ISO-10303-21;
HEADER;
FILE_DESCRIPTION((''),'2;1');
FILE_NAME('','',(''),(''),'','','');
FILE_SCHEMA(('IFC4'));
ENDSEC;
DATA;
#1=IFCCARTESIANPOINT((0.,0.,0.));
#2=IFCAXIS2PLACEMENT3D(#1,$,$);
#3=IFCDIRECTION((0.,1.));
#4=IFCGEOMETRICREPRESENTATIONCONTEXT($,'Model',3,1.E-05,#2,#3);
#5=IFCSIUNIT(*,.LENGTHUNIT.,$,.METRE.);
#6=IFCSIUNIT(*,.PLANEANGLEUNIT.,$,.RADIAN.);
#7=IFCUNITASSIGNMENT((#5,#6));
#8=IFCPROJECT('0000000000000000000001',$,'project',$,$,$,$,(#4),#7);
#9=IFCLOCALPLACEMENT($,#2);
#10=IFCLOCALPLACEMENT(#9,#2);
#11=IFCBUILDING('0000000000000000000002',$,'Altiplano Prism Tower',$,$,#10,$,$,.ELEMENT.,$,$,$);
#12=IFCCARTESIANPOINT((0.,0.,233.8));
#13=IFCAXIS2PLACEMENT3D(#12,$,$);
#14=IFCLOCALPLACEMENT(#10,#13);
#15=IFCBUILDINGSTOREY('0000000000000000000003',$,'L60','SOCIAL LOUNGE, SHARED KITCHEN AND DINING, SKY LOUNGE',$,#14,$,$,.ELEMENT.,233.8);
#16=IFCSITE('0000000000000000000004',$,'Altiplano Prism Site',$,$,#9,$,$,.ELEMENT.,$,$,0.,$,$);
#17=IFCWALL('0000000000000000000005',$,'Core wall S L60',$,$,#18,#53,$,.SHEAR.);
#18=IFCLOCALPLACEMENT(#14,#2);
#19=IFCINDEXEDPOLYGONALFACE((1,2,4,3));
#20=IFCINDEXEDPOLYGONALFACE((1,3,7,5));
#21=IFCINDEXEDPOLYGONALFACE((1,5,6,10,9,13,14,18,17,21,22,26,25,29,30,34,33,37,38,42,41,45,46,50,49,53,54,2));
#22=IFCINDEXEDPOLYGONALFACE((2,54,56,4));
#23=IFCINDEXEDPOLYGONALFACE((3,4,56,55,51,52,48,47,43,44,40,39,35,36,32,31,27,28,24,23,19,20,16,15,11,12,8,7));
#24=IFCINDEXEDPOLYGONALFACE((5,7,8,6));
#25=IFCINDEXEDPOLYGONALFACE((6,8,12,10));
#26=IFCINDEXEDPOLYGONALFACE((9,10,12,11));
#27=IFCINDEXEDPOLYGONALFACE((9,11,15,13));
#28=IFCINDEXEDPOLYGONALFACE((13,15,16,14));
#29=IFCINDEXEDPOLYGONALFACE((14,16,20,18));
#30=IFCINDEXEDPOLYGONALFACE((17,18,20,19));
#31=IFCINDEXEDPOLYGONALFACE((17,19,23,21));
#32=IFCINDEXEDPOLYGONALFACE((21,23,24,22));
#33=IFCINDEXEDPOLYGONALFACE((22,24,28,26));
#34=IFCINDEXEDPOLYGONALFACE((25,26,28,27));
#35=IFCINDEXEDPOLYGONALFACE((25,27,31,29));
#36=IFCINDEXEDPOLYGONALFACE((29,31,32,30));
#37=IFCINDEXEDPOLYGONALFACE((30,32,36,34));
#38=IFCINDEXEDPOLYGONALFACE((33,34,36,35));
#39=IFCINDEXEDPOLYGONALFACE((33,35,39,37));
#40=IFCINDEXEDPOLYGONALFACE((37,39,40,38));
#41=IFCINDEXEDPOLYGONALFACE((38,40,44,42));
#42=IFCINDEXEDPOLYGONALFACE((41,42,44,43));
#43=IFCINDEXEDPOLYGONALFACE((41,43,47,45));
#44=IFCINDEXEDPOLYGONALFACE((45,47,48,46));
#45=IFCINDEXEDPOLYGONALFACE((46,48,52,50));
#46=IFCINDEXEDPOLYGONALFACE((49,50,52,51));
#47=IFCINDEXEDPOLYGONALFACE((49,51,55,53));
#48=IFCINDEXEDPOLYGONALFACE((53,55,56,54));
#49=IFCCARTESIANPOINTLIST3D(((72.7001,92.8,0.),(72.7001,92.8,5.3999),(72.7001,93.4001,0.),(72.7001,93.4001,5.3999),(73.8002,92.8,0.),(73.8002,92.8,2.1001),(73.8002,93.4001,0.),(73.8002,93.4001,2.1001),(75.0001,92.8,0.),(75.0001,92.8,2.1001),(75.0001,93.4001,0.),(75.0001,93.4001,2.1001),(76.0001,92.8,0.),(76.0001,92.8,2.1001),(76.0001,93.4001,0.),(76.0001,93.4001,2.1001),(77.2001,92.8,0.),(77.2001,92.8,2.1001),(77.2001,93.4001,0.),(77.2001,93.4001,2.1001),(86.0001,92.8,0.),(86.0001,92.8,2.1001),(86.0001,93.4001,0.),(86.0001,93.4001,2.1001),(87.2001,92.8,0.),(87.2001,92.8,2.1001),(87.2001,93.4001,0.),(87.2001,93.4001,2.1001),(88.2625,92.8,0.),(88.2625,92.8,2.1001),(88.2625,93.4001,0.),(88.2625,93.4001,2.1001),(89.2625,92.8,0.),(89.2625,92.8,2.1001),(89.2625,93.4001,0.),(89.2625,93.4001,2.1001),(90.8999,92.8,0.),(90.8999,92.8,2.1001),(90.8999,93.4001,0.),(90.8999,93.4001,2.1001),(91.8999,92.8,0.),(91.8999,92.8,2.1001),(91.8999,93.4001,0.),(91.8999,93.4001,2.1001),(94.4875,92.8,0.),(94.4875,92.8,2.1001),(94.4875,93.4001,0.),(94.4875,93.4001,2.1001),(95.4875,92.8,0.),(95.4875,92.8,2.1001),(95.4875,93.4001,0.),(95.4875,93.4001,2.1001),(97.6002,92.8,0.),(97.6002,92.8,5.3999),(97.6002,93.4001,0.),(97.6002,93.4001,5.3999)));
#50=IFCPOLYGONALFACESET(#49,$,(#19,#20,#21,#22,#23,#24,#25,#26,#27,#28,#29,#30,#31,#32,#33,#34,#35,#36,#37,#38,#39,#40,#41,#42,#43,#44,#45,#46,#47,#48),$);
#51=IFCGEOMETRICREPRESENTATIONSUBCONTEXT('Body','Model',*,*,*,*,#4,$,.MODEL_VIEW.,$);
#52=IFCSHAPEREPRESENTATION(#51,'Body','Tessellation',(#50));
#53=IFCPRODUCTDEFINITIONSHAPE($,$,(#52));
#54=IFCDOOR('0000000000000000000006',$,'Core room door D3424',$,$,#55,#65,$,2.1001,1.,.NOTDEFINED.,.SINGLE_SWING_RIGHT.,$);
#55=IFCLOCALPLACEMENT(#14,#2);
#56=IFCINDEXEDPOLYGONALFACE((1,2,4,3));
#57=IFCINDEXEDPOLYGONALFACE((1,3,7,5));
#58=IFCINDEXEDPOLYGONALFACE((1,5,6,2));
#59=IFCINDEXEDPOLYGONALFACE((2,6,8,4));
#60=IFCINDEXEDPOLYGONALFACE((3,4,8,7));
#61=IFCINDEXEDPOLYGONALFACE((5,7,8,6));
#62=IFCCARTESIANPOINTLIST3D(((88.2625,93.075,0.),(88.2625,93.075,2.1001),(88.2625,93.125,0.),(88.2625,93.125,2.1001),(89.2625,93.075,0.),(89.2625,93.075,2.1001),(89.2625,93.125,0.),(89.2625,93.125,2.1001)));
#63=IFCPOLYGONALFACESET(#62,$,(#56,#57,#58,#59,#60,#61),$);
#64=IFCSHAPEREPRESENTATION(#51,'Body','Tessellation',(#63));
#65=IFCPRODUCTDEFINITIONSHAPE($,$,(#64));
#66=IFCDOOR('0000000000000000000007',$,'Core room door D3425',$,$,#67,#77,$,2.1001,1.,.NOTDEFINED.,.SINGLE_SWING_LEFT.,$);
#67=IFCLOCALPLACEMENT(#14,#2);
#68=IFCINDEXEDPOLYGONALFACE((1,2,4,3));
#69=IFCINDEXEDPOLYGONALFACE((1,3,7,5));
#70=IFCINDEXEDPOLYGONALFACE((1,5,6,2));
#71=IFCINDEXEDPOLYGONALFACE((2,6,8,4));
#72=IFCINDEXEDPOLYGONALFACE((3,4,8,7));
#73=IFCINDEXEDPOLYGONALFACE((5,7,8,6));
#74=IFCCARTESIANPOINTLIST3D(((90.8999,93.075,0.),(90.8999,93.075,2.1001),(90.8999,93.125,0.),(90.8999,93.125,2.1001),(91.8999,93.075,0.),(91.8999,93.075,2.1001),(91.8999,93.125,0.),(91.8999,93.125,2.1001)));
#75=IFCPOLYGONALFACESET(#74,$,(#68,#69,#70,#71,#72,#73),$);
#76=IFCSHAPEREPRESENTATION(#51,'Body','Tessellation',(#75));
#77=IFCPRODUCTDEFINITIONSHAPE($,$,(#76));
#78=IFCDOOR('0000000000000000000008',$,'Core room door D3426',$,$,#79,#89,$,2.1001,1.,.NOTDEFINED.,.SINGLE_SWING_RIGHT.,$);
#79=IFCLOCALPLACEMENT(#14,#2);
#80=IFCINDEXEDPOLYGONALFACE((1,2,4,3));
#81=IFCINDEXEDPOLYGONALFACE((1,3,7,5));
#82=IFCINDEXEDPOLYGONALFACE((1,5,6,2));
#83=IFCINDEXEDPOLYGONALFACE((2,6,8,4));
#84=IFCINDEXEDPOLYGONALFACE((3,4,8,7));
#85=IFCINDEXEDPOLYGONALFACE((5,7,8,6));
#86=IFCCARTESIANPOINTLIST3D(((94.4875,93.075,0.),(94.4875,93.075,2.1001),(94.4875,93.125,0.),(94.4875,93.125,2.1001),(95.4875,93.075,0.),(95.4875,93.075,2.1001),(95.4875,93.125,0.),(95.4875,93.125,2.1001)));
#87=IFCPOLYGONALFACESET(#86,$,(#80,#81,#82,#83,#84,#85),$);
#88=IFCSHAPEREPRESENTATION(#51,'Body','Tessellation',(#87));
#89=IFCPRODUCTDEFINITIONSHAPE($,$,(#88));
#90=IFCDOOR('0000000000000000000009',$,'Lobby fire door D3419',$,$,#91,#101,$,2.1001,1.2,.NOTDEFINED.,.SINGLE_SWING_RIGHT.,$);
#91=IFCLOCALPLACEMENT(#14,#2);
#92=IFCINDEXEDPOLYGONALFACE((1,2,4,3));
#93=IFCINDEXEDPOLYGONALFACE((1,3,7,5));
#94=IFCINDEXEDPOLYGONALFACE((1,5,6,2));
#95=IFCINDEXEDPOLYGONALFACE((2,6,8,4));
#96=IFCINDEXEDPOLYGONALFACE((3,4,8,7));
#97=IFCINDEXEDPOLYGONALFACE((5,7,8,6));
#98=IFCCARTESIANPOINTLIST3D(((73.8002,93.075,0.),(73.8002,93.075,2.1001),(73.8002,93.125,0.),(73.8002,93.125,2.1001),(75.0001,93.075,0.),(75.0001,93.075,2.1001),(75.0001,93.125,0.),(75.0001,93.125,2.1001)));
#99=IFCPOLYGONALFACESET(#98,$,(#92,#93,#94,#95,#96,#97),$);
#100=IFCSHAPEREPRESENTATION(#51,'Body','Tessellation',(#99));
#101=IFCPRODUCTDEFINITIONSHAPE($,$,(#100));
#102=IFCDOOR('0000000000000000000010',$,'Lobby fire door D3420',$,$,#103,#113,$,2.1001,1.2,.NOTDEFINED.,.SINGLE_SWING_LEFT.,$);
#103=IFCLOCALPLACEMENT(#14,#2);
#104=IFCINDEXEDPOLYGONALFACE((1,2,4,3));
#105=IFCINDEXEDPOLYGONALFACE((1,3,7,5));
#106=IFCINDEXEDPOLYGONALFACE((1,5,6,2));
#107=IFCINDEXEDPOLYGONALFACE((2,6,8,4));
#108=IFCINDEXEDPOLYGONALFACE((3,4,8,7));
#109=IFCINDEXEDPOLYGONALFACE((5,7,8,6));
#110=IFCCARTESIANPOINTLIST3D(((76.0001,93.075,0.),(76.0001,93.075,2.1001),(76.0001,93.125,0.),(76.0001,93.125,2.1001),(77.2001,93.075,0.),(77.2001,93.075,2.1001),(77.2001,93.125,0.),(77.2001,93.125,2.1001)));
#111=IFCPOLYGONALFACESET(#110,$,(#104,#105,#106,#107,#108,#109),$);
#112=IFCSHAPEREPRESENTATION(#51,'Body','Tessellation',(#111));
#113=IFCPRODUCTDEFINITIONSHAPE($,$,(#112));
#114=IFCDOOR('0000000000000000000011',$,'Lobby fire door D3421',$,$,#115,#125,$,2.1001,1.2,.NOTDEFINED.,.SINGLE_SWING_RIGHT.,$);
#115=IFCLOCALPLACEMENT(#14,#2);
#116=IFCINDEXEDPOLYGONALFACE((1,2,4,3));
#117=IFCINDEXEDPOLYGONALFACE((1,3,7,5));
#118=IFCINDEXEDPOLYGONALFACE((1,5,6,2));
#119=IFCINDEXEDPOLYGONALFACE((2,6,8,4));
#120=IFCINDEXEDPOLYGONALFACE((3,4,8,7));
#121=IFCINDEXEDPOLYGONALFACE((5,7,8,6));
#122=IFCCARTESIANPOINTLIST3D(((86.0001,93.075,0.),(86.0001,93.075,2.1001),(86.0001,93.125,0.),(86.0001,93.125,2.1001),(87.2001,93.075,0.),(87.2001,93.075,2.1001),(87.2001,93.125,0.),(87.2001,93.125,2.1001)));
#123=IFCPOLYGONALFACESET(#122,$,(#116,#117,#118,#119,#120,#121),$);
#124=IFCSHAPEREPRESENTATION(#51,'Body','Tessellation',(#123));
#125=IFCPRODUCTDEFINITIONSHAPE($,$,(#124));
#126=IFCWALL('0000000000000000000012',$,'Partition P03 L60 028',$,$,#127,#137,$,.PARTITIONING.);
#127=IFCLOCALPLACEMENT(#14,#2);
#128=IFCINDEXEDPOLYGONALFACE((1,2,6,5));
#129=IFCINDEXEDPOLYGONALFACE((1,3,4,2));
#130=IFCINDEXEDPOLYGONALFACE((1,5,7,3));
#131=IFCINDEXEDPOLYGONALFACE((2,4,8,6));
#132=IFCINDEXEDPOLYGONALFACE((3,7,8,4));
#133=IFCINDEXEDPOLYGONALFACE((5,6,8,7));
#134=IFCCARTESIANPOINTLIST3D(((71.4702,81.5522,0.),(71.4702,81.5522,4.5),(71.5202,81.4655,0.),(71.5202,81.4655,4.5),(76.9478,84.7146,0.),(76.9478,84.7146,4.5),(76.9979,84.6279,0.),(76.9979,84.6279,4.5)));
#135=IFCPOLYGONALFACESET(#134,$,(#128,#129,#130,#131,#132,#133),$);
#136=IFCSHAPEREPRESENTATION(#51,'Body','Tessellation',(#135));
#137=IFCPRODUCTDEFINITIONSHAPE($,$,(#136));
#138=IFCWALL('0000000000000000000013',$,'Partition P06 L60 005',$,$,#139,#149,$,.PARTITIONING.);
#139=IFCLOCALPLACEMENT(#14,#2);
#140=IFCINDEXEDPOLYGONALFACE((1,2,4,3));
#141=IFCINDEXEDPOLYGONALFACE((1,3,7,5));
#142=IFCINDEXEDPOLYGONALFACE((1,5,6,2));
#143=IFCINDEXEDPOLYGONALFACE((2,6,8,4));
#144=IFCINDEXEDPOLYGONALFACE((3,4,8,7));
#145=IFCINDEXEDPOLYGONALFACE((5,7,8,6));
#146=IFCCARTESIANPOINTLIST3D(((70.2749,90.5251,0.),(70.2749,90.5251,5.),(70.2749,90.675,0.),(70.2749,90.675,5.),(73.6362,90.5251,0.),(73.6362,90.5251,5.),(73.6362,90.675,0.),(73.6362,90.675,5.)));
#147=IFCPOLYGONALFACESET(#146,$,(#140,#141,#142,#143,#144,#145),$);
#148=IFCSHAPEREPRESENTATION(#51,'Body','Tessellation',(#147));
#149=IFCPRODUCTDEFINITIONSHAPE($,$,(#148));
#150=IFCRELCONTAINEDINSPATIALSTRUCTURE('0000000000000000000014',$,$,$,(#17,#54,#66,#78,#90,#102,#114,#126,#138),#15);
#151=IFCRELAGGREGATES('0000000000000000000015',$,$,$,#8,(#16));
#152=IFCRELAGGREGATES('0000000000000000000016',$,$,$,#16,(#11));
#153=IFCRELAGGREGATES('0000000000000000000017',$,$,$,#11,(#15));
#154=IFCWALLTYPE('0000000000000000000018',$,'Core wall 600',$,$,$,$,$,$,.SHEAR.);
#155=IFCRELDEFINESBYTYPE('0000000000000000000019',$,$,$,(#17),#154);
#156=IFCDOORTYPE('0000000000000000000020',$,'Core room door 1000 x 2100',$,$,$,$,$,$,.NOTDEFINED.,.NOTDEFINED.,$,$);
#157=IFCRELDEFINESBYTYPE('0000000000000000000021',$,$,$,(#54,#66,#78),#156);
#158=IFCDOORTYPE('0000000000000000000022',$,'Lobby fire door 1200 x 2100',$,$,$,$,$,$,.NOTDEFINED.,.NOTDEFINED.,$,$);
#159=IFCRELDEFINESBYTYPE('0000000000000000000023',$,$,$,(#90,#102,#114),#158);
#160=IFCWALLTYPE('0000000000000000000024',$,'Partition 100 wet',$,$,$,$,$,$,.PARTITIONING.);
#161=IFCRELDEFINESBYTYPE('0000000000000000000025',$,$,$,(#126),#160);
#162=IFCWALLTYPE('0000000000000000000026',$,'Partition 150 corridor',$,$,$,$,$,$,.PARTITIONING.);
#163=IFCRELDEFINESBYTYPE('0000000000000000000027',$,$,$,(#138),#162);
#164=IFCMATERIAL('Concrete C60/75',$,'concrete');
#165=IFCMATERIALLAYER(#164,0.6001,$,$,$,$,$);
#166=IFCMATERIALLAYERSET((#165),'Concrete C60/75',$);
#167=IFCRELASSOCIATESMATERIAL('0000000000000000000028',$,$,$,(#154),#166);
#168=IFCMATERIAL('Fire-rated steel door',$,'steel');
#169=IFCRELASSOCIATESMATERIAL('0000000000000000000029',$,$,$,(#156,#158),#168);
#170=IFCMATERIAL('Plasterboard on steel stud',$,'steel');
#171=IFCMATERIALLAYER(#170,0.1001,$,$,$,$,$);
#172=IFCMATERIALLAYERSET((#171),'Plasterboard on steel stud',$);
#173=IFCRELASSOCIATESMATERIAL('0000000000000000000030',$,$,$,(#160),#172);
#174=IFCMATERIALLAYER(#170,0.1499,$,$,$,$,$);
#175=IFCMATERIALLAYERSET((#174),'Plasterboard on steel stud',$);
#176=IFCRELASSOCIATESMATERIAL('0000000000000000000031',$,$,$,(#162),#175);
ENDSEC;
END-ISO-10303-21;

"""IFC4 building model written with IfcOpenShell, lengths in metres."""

from ifc_helpers import new_model, si_unit, direction, frame, frame_2d, origin, place, context, subcontext, project, spatial, rectangle, extrude, material, layer, layer_set, type_object, element, fill, save


model = new_model("IFC4")

# Units and contexts
model_context = context("Model", 3, precision=1e-05, world=origin(), true_north=direction((0.0, 1.0)))
body_context = subcontext(model_context, "Body", "Model", "MODEL_VIEW")
ifc_project = project(units=[si_unit("LENGTHUNIT", "METRE"), si_unit("PLANEANGLEUNIT", "RADIAN")], contexts=[model_context])

# Site, building, storey
site_placement = place(None, origin())
site = spatial("IfcSite", under=ifc_project, at=site_placement, Name="Altiplano Prism Site", CompositionType="ELEMENT", RefElevation=0.0)
building_placement = place(site_placement, origin())
building = spatial("IfcBuilding", under=site, at=building_placement, Name="Altiplano Prism Tower", CompositionType="ELEMENT")
storey_placement = place(building_placement, frame((0.0, 0.0, 233.8)))
storey = spatial("IfcBuildingStorey", under=building, at=storey_placement, Name="L60", Description="SOCIAL LOUNGE, SHARED KITCHEN AND DINING, SKY LOUNGE", CompositionType="ELEMENT", Elevation=233.8)

# Shared definitions
ifc_material_1 = material(Name="Concrete C60/75", Category="concrete")

# Wall, openings, doors
ifc_layer_1 = layer(ifc_material_1, 0.6001)
ifc_layer_set_1 = layer_set([ifc_layer_1], Name="Concrete C60/75")
wall_type_1 = type_object("IfcWallType", Name="Core wall 600", PredefinedType="SHEAR", material=ifc_layer_set_1)
wall_1_placement = place(storey_placement, frame((72.7, 93.1001, 0.0), z_axis=(0.0, 0.0, 1.0), x_axis=(1.0, 0.0, 0.0)))
wall_1 = element("IfcWall", 1, at=wall_1_placement, inside=storey, type_object=wall_type_1, Name="Core wall S L60", PredefinedType="SHEAR", context=body_context, shape_type="SweptSolid", body=[
    extrude(rectangle(XDim=24.9001, YDim=0.6001, at=frame_2d((12.4502, 0.0))), origin(), (0.0, 0.0, 1.0), 5.3999),
])
opening_1_placement = place(wall_1_placement, frame((1.1001, 0.0, 0.0)))
opening_1 = element("IfcOpeningElement", 2, at=opening_1_placement, cuts=wall_1, PredefinedType="OPENING", context=body_context, shape_type="SweptSolid", body=[
    extrude(rectangle(XDim=1.2, YDim=2.1001, at=frame_2d((0.6001, 1.05))), frame((0.0, 0.3105, 0.0), z_axis=(0.0, -1.0, 0.0), x_axis=(1.0, 0.0, 0.0)), (0.0, 0.0, 1.0), 0.6211),
])
opening_2_placement = place(wall_1_placement, frame((3.3, 0.0, 0.0)))
opening_2 = element("IfcOpeningElement", 3, at=opening_2_placement, cuts=wall_1, PredefinedType="OPENING", context=body_context, shape_type="SweptSolid", body=[
    extrude(rectangle(XDim=1.2, YDim=2.1001, at=frame_2d((0.6001, 1.05))), frame((0.0, 0.3105, 0.0), z_axis=(0.0, -1.0, 0.0), x_axis=(1.0, 0.0, 0.0)), (0.0, 0.0, 1.0), 0.6211),
])
opening_3_placement = place(wall_1_placement, frame((13.3, 0.0, 0.0)))
opening_3 = element("IfcOpeningElement", 4, at=opening_3_placement, cuts=wall_1, PredefinedType="OPENING", context=body_context, shape_type="SweptSolid", body=[
    extrude(rectangle(XDim=1.2, YDim=2.1001, at=frame_2d((0.6001, 1.05))), frame((0.0, 0.3105, 0.0), z_axis=(0.0, -1.0, 0.0), x_axis=(1.0, 0.0, 0.0)), (0.0, 0.0, 1.0), 0.6211),
])
opening_4_placement = place(wall_1_placement, frame((15.5625, 0.0, 0.0)))
opening_4 = element("IfcOpeningElement", 5, at=opening_4_placement, cuts=wall_1, PredefinedType="OPENING", context=body_context, shape_type="SweptSolid", body=[
    extrude(rectangle(XDim=1.0, YDim=2.1001, at=frame_2d((0.5, 1.05))), frame((0.0, 0.3105, 0.0), z_axis=(0.0, -1.0, 0.0), x_axis=(1.0, 0.0, 0.0)), (0.0, 0.0, 1.0), 0.6211),
])
opening_5_placement = place(wall_1_placement, frame((18.2, 0.0, 0.0)))
opening_5 = element("IfcOpeningElement", 6, at=opening_5_placement, cuts=wall_1, PredefinedType="OPENING", context=body_context, shape_type="SweptSolid", body=[
    extrude(rectangle(XDim=1.0, YDim=2.1001, at=frame_2d((0.5, 1.05))), frame((0.0, 0.3105, 0.0), z_axis=(0.0, -1.0, 0.0), x_axis=(1.0, 0.0, 0.0)), (0.0, 0.0, 1.0), 0.6211),
])
opening_6_placement = place(wall_1_placement, frame((21.7876, 0.0, 0.0)))
opening_6 = element("IfcOpeningElement", 7, at=opening_6_placement, cuts=wall_1, PredefinedType="OPENING", context=body_context, shape_type="SweptSolid", body=[
    extrude(rectangle(XDim=1.0, YDim=2.1001, at=frame_2d((0.5, 1.05))), frame((0.0, 0.3105, 0.0), z_axis=(0.0, -1.0, 0.0), x_axis=(1.0, 0.0, 0.0)), (0.0, 0.0, 1.0), 0.6211),
])
ifc_material_2 = material(Name="Fire-rated steel door", Category="steel")
door_type_1 = type_object("IfcDoorType", Name="Core room door 1000 x 2100", OperationType="NOTDEFINED", PredefinedType="NOTDEFINED", material=ifc_material_2)
door_1_placement = place(opening_4_placement, origin())
door_1 = element("IfcDoor", 8, at=door_1_placement, inside=storey, type_object=door_type_1, Name="Core room door D3424", OperationType="SINGLE_SWING_RIGHT", OverallHeight=2.1001, OverallWidth=1.0, PredefinedType="NOTDEFINED", context=body_context, shape_type="SweptSolid", body=[
    extrude(rectangle(XDim=1.0, YDim=2.1001, at=frame_2d((0.5, 1.05))), frame((0.0, 0.0249, 0.0), z_axis=(0.0, -1.0, 0.0), x_axis=(1.0, 0.0, 0.0)), (0.0, 0.0, 1.0), 0.05),
])
fill(opening_4, door_1)
door_2_placement = place(opening_5_placement, origin())
door_2 = element("IfcDoor", 9, at=door_2_placement, inside=storey, type_object=door_type_1, Name="Core room door D3425", OperationType="SINGLE_SWING_LEFT", OverallHeight=2.1001, OverallWidth=1.0, PredefinedType="NOTDEFINED", context=body_context, shape_type="SweptSolid", body=[
    extrude(rectangle(XDim=1.0, YDim=2.1001, at=frame_2d((0.5, 1.05))), frame((0.0, 0.0249, 0.0), z_axis=(0.0, -1.0, 0.0), x_axis=(1.0, 0.0, 0.0)), (0.0, 0.0, 1.0), 0.05),
])
fill(opening_5, door_2)
door_3_placement = place(opening_6_placement, origin())
door_3 = element("IfcDoor", 10, at=door_3_placement, inside=storey, type_object=door_type_1, Name="Core room door D3426", OperationType="SINGLE_SWING_RIGHT", OverallHeight=2.1001, OverallWidth=1.0, PredefinedType="NOTDEFINED", context=body_context, shape_type="SweptSolid", body=[
    extrude(rectangle(XDim=1.0, YDim=2.1001, at=frame_2d((0.5, 1.05))), frame((0.0, 0.0249, 0.0), z_axis=(0.0, -1.0, 0.0), x_axis=(1.0, 0.0, 0.0)), (0.0, 0.0, 1.0), 0.05),
])
fill(opening_6, door_3)
door_type_2 = type_object("IfcDoorType", Name="Lobby fire door 1200 x 2100", OperationType="NOTDEFINED", PredefinedType="NOTDEFINED", material=ifc_material_2)
door_4_placement = place(opening_1_placement, origin())
door_4 = element("IfcDoor", 11, at=door_4_placement, inside=storey, type_object=door_type_2, Name="Lobby fire door D3419", OperationType="SINGLE_SWING_RIGHT", OverallHeight=2.1001, OverallWidth=1.2, PredefinedType="NOTDEFINED", context=body_context, shape_type="SweptSolid", body=[
    extrude(rectangle(XDim=1.2, YDim=2.1001, at=frame_2d((0.6001, 1.05))), frame((0.0, 0.0249, 0.0), z_axis=(0.0, -1.0, 0.0), x_axis=(1.0, 0.0, 0.0)), (0.0, 0.0, 1.0), 0.05),
])
fill(opening_1, door_4)
door_5_placement = place(opening_2_placement, origin())
door_5 = element("IfcDoor", 12, at=door_5_placement, inside=storey, type_object=door_type_2, Name="Lobby fire door D3420", OperationType="SINGLE_SWING_LEFT", OverallHeight=2.1001, OverallWidth=1.2, PredefinedType="NOTDEFINED", context=body_context, shape_type="SweptSolid", body=[
    extrude(rectangle(XDim=1.2, YDim=2.1001, at=frame_2d((0.6001, 1.05))), frame((0.0, 0.0249, 0.0), z_axis=(0.0, -1.0, 0.0), x_axis=(1.0, 0.0, 0.0)), (0.0, 0.0, 1.0), 0.05),
])
fill(opening_2, door_5)
door_6_placement = place(opening_3_placement, origin())
door_6 = element("IfcDoor", 13, at=door_6_placement, inside=storey, type_object=door_type_2, Name="Lobby fire door D3421", OperationType="SINGLE_SWING_RIGHT", OverallHeight=2.1001, OverallWidth=1.2, PredefinedType="NOTDEFINED", context=body_context, shape_type="SweptSolid", body=[
    extrude(rectangle(XDim=1.2, YDim=2.1001, at=frame_2d((0.6001, 1.05))), frame((0.0, 0.0249, 0.0), z_axis=(0.0, -1.0, 0.0), x_axis=(1.0, 0.0, 0.0)), (0.0, 0.0, 1.0), 0.05),
])
fill(opening_3, door_6)

# Walls
ifc_material_3 = material(Name="Plasterboard on steel stud", Category="steel")
ifc_layer_2 = layer(ifc_material_3, 0.1001)
ifc_layer_set_2 = layer_set([ifc_layer_2], Name="Plasterboard on steel stud")
wall_type_2 = type_object("IfcWallType", Name="Partition 100 wet", PredefinedType="PARTITIONING", material=ifc_layer_set_2)
wall_2_placement = place(storey_placement, frame((71.4951, 81.5088, 0.0), z_axis=(0.0, 0.0, 1.0), x_axis=(0.866033, 0.499988, 0.0)))
element("IfcWall", 14, at=wall_2_placement, inside=storey, type_object=wall_type_2, Name="Partition P03 L60 028", PredefinedType="PARTITIONING", context=body_context, shape_type="SweptSolid", body=[
    extrude(rectangle(XDim=6.325, YDim=0.1001, at=frame_2d((3.1626, 0.0))), origin(), (0.0, 0.0, 1.0), 4.5),
])
ifc_layer_3 = layer(ifc_material_3, 0.1499)
ifc_layer_set_3 = layer_set([ifc_layer_3], Name="Plasterboard on steel stud")
wall_type_3 = type_object("IfcWallType", Name="Partition 150 corridor", PredefinedType="PARTITIONING", material=ifc_layer_set_3)
wall_3_placement = place(storey_placement, frame((70.2749, 90.6001, 0.0), z_axis=(0.0, 0.0, 1.0), x_axis=(1.0, 0.0, 0.0)))
element("IfcWall", 15, at=wall_3_placement, inside=storey, type_object=wall_type_3, Name="Partition P06 L60 005", PredefinedType="PARTITIONING", context=body_context, shape_type="SweptSolid", body=[
    extrude(rectangle(XDim=3.3613, YDim=0.1499, at=frame_2d((1.6807, 0.0))), origin(), (0.0, 0.0, 1.0), 5.0),
])

save(model, "model.ifc")
